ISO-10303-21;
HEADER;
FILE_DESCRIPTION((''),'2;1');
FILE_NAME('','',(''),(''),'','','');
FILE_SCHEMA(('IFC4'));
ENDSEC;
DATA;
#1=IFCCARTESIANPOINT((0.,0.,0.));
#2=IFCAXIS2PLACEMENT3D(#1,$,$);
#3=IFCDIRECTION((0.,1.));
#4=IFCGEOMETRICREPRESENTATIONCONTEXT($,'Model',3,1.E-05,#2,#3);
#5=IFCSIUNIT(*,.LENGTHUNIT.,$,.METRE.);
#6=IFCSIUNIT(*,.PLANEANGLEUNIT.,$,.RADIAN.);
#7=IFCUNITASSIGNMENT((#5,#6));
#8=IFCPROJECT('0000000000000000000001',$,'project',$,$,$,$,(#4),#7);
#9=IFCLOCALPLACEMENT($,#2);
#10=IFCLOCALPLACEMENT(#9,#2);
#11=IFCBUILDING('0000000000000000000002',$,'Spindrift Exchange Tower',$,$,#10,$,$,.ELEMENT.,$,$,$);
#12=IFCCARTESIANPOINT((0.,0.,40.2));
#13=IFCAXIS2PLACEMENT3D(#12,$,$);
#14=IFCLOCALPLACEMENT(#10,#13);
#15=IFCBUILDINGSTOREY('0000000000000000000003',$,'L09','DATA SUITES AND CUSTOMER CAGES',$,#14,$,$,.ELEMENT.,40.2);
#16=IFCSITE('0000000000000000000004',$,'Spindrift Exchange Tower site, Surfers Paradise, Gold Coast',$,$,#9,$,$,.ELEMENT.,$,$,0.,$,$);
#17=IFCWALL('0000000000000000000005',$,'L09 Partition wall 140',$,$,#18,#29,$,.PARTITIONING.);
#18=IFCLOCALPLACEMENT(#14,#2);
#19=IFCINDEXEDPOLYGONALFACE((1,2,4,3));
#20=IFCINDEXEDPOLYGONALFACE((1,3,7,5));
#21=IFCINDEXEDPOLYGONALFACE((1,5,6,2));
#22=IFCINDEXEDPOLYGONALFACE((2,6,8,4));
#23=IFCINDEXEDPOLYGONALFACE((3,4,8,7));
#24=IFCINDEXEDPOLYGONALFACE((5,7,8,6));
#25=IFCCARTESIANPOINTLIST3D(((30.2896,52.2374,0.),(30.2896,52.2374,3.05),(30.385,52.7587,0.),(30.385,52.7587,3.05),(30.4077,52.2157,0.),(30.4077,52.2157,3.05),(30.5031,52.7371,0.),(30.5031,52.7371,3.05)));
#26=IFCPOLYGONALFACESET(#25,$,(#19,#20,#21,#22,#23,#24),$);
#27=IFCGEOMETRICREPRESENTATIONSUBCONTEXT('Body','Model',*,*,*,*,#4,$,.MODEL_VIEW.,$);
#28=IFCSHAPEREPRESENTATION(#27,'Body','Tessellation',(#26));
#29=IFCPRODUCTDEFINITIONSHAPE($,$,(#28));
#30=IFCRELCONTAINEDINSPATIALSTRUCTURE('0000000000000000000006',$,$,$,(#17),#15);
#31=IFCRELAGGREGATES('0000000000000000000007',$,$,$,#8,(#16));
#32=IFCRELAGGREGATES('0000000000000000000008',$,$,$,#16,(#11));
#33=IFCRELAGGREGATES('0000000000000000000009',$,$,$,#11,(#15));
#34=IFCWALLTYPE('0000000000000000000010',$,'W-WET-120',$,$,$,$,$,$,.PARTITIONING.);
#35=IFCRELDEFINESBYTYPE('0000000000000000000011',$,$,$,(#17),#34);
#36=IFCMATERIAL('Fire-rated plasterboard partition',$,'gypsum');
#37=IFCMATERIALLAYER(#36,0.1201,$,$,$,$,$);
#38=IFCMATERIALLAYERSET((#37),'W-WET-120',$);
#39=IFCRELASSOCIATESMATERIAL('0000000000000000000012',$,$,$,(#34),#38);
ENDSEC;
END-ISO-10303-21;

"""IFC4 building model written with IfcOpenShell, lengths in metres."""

from ifc_helpers import new_model, si_unit, direction, frame, frame_2d, origin, place, context, subcontext, project, spatial, rectangle, extrude, material, layer, layer_set, type_object, element, save


model = new_model("IFC4")

# Units and contexts
model_context = context("Model", 3, precision=1e-05, world=origin(), true_north=direction((0.0, 1.0)))
body_context = subcontext(model_context, "Body", "Model", "MODEL_VIEW")
ifc_project = project(units=[si_unit("LENGTHUNIT", "METRE"), si_unit("PLANEANGLEUNIT", "RADIAN")], contexts=[model_context])

# Site, building, storey
site_placement = place(None, origin())
site = spatial("IfcSite", under=ifc_project, at=site_placement, Name="Spindrift Exchange Tower site, Surfers Paradise, Gold Coast", CompositionType="ELEMENT", RefElevation=0.0)
building_placement = place(site_placement, origin())
building = spatial("IfcBuilding", under=site, at=building_placement, Name="Spindrift Exchange Tower", CompositionType="ELEMENT")
storey_placement = place(building_placement, frame((0.0, 0.0, 40.2)))
storey = spatial("IfcBuildingStorey", under=building, at=storey_placement, Name="L09", Description="DATA SUITES AND CUSTOMER CAGES", CompositionType="ELEMENT", Elevation=40.2)

# Shared definitions
ifc_material_1 = material(Name="Fire-rated plasterboard partition", Category="gypsum")

# Wall
ifc_layer_1 = layer(ifc_material_1, 0.1201)
ifc_layer_set_1 = layer_set([ifc_layer_1], Name="W-WET-120")
wall_type_1 = type_object("IfcWallType", Name="W-WET-120", PredefinedType="PARTITIONING", material=ifc_layer_set_1)
wall_1_placement = place(storey_placement, frame((30.4441, 52.748, 0.0), z_axis=(0.0, 0.0, 1.0), x_axis=(-0.180061, -0.983656, 0.0)))
element("IfcWall", 1, at=wall_1_placement, inside=storey, type_object=wall_type_1, Name="L09 Partition wall 140", PredefinedType="PARTITIONING", context=body_context, shape_type="SweptSolid", body=[
    extrude(rectangle(XDim=0.53, YDim=0.1201, at=frame_2d((0.2651, 0.0))), origin(), (0.0, 0.0, 1.0), 3.05),
])

save(model, "model.ifc")
